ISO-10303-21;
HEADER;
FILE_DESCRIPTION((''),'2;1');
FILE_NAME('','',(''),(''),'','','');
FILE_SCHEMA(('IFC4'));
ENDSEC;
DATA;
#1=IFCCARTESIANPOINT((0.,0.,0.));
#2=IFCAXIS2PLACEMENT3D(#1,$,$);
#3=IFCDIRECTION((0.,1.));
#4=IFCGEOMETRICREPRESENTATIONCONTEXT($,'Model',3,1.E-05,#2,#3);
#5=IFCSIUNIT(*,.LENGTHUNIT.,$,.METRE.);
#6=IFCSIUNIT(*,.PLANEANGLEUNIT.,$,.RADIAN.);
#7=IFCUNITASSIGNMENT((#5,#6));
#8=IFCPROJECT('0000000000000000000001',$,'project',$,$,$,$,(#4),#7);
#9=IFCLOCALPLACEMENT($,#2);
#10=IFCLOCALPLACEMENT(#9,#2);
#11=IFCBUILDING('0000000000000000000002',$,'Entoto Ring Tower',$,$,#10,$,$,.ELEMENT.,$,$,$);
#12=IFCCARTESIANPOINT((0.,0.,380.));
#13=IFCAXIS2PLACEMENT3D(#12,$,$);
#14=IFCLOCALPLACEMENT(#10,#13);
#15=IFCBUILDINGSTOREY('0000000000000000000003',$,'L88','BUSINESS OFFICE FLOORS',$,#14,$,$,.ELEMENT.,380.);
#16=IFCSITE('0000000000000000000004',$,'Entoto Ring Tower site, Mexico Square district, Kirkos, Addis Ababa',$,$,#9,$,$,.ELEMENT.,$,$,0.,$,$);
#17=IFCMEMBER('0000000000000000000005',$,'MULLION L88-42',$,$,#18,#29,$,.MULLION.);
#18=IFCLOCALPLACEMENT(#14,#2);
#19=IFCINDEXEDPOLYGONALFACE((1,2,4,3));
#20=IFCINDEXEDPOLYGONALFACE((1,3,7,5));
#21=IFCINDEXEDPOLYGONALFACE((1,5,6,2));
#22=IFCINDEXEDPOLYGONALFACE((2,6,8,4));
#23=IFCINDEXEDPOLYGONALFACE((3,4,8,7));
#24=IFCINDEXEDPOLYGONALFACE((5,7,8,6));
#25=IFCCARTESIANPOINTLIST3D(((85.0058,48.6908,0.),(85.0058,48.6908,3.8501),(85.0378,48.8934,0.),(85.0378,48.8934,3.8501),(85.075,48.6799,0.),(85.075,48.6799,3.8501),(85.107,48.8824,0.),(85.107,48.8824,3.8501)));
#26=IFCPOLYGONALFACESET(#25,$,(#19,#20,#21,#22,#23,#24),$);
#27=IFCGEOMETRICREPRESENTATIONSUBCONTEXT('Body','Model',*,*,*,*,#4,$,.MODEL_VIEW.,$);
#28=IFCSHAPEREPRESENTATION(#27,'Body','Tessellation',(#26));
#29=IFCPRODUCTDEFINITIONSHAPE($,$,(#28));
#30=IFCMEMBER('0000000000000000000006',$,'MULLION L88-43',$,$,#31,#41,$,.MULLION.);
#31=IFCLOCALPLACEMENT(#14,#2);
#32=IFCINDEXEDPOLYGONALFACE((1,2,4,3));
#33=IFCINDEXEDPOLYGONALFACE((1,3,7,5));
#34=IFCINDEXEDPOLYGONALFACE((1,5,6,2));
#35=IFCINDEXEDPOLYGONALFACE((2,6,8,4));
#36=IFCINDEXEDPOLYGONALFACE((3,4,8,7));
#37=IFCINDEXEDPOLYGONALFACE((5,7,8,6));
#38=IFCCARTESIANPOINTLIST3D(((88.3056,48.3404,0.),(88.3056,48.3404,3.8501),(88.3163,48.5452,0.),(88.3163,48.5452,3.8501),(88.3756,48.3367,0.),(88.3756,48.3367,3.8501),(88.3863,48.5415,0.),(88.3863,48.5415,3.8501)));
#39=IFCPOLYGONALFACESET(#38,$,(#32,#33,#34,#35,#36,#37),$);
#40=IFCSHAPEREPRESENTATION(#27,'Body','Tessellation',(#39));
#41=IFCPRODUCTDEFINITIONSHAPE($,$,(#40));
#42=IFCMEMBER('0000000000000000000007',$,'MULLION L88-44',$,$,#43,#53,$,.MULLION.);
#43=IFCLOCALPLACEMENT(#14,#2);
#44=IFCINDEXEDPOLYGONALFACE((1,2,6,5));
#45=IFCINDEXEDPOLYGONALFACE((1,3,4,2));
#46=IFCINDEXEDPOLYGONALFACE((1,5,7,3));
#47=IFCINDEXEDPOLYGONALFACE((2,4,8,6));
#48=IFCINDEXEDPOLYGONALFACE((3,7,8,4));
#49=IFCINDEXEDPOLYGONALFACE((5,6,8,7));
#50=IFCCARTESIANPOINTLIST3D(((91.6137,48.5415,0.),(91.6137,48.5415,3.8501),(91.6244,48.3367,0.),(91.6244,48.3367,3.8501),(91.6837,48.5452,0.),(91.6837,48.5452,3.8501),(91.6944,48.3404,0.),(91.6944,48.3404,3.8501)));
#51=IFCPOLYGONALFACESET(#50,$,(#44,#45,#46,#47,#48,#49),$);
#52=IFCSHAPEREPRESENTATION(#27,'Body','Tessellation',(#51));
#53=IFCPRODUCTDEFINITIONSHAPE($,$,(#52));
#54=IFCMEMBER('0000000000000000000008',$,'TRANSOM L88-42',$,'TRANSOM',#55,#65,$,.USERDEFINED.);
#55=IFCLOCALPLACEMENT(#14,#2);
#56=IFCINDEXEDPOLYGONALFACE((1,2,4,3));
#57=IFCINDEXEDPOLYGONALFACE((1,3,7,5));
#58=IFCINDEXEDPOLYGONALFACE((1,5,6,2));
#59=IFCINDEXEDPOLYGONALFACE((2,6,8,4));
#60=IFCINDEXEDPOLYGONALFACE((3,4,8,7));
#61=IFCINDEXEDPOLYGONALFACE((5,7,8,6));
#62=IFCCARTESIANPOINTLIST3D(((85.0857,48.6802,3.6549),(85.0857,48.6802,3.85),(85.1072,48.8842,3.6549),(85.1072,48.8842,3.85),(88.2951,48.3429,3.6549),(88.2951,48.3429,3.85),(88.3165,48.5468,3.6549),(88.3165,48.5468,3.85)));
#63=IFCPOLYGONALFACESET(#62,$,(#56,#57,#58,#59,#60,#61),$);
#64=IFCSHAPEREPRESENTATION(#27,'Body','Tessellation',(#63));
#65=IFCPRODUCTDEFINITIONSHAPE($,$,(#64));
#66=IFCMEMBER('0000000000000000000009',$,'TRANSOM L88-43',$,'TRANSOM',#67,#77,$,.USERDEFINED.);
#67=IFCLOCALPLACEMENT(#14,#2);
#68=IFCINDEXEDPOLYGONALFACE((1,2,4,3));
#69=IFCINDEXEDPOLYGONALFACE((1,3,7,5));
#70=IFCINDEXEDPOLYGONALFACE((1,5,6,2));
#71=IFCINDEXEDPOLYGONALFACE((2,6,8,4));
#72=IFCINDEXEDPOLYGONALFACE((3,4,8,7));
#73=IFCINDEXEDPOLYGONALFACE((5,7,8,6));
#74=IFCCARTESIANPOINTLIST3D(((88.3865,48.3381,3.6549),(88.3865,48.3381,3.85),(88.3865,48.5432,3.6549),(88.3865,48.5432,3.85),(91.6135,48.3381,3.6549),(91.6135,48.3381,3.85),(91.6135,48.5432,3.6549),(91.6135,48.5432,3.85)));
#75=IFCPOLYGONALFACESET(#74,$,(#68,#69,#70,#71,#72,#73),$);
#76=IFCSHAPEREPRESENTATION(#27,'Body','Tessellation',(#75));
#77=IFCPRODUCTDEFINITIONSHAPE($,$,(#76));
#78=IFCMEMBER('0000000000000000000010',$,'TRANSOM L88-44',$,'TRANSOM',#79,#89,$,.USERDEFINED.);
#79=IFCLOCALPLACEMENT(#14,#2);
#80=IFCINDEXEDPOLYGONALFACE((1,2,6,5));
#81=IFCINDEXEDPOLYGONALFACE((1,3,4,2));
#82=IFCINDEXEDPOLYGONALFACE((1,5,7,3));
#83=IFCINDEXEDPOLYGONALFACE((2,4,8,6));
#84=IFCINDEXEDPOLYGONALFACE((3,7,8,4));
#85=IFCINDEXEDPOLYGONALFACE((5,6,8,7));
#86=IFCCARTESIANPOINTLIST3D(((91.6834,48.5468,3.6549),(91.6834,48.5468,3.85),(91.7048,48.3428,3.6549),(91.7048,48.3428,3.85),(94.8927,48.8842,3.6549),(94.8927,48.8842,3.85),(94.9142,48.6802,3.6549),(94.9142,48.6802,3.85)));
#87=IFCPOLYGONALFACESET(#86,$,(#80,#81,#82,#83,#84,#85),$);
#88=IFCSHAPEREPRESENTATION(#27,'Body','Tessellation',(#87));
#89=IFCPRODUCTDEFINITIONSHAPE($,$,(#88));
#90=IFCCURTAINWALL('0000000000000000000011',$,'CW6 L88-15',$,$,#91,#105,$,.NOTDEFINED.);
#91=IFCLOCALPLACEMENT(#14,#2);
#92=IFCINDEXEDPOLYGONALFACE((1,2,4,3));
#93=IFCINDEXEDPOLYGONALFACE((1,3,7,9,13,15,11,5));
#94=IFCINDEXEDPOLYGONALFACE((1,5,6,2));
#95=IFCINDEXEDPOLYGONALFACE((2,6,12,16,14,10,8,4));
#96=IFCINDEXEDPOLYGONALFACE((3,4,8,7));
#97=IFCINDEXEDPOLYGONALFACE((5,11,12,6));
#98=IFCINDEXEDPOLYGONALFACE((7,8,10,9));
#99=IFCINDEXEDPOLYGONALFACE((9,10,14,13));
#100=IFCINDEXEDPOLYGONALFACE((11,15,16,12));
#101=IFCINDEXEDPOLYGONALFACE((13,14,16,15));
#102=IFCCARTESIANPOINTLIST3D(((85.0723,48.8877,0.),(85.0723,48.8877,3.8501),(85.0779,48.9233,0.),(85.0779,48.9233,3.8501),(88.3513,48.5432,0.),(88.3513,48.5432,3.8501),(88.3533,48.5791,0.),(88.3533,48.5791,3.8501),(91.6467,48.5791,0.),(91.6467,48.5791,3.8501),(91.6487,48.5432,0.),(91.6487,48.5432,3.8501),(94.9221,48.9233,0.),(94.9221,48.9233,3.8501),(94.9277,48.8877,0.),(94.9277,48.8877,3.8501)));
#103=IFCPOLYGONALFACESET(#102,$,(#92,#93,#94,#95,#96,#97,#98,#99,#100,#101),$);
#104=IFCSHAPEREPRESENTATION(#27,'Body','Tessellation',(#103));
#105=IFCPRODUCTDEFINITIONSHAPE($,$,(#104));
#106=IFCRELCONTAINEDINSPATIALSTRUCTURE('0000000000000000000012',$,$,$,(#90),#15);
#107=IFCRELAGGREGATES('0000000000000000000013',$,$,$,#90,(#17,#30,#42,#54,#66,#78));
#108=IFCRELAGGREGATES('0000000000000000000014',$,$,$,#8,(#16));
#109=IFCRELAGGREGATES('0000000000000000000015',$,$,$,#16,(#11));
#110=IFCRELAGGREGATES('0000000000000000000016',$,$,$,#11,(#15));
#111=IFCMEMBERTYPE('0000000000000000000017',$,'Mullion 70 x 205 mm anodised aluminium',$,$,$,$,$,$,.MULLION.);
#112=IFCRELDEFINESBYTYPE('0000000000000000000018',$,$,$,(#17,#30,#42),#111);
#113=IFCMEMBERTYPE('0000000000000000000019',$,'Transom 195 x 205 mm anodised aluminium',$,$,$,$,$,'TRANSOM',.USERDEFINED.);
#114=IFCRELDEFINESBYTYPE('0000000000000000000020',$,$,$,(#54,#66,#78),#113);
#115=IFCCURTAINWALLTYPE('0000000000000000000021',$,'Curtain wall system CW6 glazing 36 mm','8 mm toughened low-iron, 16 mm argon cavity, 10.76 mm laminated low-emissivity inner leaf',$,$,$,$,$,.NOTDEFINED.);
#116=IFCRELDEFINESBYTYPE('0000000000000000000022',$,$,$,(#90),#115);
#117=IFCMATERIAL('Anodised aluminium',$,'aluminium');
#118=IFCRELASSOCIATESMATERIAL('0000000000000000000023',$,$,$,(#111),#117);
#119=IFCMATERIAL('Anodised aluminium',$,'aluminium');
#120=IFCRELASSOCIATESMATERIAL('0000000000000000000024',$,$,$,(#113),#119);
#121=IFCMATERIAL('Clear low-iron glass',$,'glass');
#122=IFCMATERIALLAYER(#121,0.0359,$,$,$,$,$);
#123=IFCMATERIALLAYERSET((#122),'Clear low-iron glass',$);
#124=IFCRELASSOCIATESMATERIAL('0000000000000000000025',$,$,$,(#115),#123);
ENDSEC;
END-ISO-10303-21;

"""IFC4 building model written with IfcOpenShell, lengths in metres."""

from ifc_helpers import new_model, si_unit, direction, frame, origin, origin_2d, place, context, subcontext, project, spatial, polyline, rectangle, outline, extrude, material, layer, layer_set, material_profile, profile_set, type_object, element, aggregate, save


model = new_model("IFC4")

# Units and contexts
model_context = context("Model", 3, precision=1e-05, world=origin(), true_north=direction((0.0, 1.0)))
body_context = subcontext(model_context, "Body", "Model", "MODEL_VIEW")
ifc_project = project(units=[si_unit("LENGTHUNIT", "METRE"), si_unit("PLANEANGLEUNIT", "RADIAN")], contexts=[model_context])

# Members
ifc_material_1 = material(Name="Anodised aluminium", Category="aluminium")
ifc_material_profile_1 = material_profile(ifc_material_1, rectangle(XDim=0.0701, YDim=0.2051, at=origin_2d()), Name="Mullion 70 x 205 mm anodised aluminium")
ifc_profile_set_1 = profile_set([ifc_material_profile_1], Name="Anodised aluminium")
member_type_1 = type_object("IfcMemberType", Name="Mullion 70 x 205 mm anodised aluminium", PredefinedType="MULLION", material=ifc_profile_set_1)
site_placement = place(None, origin())
building_placement = place(site_placement, origin())
storey_placement = place(building_placement, frame((0.0, 0.0, 380.0)))
member_1_placement = place(storey_placement, frame((85.0564, 48.7866, 0.0), z_axis=(0.0, 0.0, 1.0), x_axis=(0.987688, -0.156434, 0.0)))
member_1 = element("IfcMember", 1, at=member_1_placement, type_object=member_type_1, Name="MULLION L88-42", PredefinedType="MULLION", context=body_context, shape_type="SweptSolid", body=[
    extrude(rectangle(XDim=0.0701, YDim=0.2051, at=origin_2d()), origin(), (0.0, 0.0, 1.0), 3.8501),
])
member_2_placement = place(storey_placement, frame((88.3459, 48.4409, 0.0), z_axis=(0.0, 0.0, 1.0), x_axis=(0.99863, -0.052336, 0.0)))
member_2 = element("IfcMember", 2, at=member_2_placement, type_object=member_type_1, Name="MULLION L88-43", PredefinedType="MULLION", context=body_context, shape_type="SweptSolid", body=[
    extrude(rectangle(XDim=0.0701, YDim=0.2051, at=origin_2d()), origin(), (0.0, 0.0, 1.0), 3.8501),
])
member_3_placement = place(storey_placement, frame((91.6541, 48.4409, 0.0), z_axis=(0.0, 0.0, 1.0), x_axis=(0.99863, 0.052336, 0.0)))
member_3 = element("IfcMember", 3, at=member_3_placement, type_object=member_type_1, Name="MULLION L88-44", PredefinedType="MULLION", context=body_context, shape_type="SweptSolid", body=[
    extrude(rectangle(XDim=0.0701, YDim=0.2051, at=origin_2d()), origin(), (0.0, 0.0, 1.0), 3.8501),
])
ifc_material_2 = material(Name="Anodised aluminium", Category="aluminium")
ifc_material_profile_2 = material_profile(ifc_material_2, rectangle(XDim=0.2051, YDim=0.1951, at=origin_2d()), Name="Transom 195 x 205 mm anodised aluminium")
ifc_profile_set_2 = profile_set([ifc_material_profile_2], Name="Anodised aluminium")
member_type_2 = type_object("IfcMemberType", Name="Transom 195 x 205 mm anodised aluminium", ElementType="TRANSOM", PredefinedType="USERDEFINED", material=ifc_profile_set_2)
member_4_placement = place(storey_placement, frame((85.0964, 48.7822, 3.7524), z_axis=(0.99452, -0.104551, 0.0), x_axis=(0.104551, 0.99452, 0.0)))
member_4 = element("IfcMember", 4, at=member_4_placement, type_object=member_type_2, Name="TRANSOM L88-42", ObjectType="TRANSOM", PredefinedType="USERDEFINED", context=body_context, shape_type="SweptSolid", body=[
    extrude(rectangle(XDim=0.2051, YDim=0.1951, at=origin_2d()), origin(), (0.0, 0.0, 1.0), 3.2271),
])
member_5_placement = place(storey_placement, frame((88.3865, 48.4407, 3.7524), z_axis=(1.0, 0.0, 0.0), x_axis=(0.0, 1.0, 0.0)))
member_5 = element("IfcMember", 5, at=member_5_placement, type_object=member_type_2, Name="TRANSOM L88-43", ObjectType="TRANSOM", PredefinedType="USERDEFINED", context=body_context, shape_type="SweptSolid", body=[
    extrude(rectangle(XDim=0.2051, YDim=0.1951, at=origin_2d()), origin(), (0.0, 0.0, 1.0), 3.2271),
])
member_6_placement = place(storey_placement, frame((91.6941, 48.4448, 3.7524), z_axis=(0.99452, 0.104551, 0.0), x_axis=(-0.104551, 0.99452, 0.0)))
member_6 = element("IfcMember", 6, at=member_6_placement, type_object=member_type_2, Name="TRANSOM L88-44", ObjectType="TRANSOM", PredefinedType="USERDEFINED", context=body_context, shape_type="SweptSolid", body=[
    extrude(rectangle(XDim=0.2051, YDim=0.1951, at=origin_2d()), origin(), (0.0, 0.0, 1.0), 3.2271),
])

# Site, building, storey
site = spatial("IfcSite", under=ifc_project, at=site_placement, Name="Entoto Ring Tower site, Mexico Square district, Kirkos, Addis Ababa", CompositionType="ELEMENT", RefElevation=0.0)
building = spatial("IfcBuilding", under=site, at=building_placement, Name="Entoto Ring Tower", CompositionType="ELEMENT")
storey = spatial("IfcBuildingStorey", under=building, at=storey_placement, Name="L88", Description="BUSINESS OFFICE FLOORS", CompositionType="ELEMENT", Elevation=380.0)

# Curtain wall
ifc_material_3 = material(Name="Clear low-iron glass", Category="glass")
ifc_layer = layer(ifc_material_3, 0.0359)
ifc_layer_set = layer_set([ifc_layer], Name="Clear low-iron glass")
curtain_wall_type = type_object("IfcCurtainWallType", Name="Curtain wall system CW6 glazing 36 mm", Description="8 mm toughened low-iron, 16 mm argon cavity, 10.76 mm laminated low-emissivity inner leaf", PredefinedType="NOTDEFINED", material=ifc_layer_set)
curtain_wall_1_placement = place(storey_placement, origin())
curtain_wall_1 = element("IfcCurtainWall", 7, at=curtain_wall_1_placement, inside=storey, type_object=curtain_wall_type, Name="CW6 L88-15", PredefinedType="NOTDEFINED", context=body_context, shape_type="SweptSolid", body=[
    extrude(outline(polyline([(85.0723, 48.8877), (88.3513, 48.5432), (91.6487, 48.5432), (94.9277, 48.8877), (94.9221, 48.9233), (91.6467, 48.5791), (88.3533, 48.5791), (85.0779, 48.9233), (85.0723, 48.8877)])), origin(), (0.0, 0.0, 1.0), 3.8501),
])
aggregate(curtain_wall_1, [member_1, member_2, member_3, member_4, member_5, member_6])

save(model, "model.ifc")
